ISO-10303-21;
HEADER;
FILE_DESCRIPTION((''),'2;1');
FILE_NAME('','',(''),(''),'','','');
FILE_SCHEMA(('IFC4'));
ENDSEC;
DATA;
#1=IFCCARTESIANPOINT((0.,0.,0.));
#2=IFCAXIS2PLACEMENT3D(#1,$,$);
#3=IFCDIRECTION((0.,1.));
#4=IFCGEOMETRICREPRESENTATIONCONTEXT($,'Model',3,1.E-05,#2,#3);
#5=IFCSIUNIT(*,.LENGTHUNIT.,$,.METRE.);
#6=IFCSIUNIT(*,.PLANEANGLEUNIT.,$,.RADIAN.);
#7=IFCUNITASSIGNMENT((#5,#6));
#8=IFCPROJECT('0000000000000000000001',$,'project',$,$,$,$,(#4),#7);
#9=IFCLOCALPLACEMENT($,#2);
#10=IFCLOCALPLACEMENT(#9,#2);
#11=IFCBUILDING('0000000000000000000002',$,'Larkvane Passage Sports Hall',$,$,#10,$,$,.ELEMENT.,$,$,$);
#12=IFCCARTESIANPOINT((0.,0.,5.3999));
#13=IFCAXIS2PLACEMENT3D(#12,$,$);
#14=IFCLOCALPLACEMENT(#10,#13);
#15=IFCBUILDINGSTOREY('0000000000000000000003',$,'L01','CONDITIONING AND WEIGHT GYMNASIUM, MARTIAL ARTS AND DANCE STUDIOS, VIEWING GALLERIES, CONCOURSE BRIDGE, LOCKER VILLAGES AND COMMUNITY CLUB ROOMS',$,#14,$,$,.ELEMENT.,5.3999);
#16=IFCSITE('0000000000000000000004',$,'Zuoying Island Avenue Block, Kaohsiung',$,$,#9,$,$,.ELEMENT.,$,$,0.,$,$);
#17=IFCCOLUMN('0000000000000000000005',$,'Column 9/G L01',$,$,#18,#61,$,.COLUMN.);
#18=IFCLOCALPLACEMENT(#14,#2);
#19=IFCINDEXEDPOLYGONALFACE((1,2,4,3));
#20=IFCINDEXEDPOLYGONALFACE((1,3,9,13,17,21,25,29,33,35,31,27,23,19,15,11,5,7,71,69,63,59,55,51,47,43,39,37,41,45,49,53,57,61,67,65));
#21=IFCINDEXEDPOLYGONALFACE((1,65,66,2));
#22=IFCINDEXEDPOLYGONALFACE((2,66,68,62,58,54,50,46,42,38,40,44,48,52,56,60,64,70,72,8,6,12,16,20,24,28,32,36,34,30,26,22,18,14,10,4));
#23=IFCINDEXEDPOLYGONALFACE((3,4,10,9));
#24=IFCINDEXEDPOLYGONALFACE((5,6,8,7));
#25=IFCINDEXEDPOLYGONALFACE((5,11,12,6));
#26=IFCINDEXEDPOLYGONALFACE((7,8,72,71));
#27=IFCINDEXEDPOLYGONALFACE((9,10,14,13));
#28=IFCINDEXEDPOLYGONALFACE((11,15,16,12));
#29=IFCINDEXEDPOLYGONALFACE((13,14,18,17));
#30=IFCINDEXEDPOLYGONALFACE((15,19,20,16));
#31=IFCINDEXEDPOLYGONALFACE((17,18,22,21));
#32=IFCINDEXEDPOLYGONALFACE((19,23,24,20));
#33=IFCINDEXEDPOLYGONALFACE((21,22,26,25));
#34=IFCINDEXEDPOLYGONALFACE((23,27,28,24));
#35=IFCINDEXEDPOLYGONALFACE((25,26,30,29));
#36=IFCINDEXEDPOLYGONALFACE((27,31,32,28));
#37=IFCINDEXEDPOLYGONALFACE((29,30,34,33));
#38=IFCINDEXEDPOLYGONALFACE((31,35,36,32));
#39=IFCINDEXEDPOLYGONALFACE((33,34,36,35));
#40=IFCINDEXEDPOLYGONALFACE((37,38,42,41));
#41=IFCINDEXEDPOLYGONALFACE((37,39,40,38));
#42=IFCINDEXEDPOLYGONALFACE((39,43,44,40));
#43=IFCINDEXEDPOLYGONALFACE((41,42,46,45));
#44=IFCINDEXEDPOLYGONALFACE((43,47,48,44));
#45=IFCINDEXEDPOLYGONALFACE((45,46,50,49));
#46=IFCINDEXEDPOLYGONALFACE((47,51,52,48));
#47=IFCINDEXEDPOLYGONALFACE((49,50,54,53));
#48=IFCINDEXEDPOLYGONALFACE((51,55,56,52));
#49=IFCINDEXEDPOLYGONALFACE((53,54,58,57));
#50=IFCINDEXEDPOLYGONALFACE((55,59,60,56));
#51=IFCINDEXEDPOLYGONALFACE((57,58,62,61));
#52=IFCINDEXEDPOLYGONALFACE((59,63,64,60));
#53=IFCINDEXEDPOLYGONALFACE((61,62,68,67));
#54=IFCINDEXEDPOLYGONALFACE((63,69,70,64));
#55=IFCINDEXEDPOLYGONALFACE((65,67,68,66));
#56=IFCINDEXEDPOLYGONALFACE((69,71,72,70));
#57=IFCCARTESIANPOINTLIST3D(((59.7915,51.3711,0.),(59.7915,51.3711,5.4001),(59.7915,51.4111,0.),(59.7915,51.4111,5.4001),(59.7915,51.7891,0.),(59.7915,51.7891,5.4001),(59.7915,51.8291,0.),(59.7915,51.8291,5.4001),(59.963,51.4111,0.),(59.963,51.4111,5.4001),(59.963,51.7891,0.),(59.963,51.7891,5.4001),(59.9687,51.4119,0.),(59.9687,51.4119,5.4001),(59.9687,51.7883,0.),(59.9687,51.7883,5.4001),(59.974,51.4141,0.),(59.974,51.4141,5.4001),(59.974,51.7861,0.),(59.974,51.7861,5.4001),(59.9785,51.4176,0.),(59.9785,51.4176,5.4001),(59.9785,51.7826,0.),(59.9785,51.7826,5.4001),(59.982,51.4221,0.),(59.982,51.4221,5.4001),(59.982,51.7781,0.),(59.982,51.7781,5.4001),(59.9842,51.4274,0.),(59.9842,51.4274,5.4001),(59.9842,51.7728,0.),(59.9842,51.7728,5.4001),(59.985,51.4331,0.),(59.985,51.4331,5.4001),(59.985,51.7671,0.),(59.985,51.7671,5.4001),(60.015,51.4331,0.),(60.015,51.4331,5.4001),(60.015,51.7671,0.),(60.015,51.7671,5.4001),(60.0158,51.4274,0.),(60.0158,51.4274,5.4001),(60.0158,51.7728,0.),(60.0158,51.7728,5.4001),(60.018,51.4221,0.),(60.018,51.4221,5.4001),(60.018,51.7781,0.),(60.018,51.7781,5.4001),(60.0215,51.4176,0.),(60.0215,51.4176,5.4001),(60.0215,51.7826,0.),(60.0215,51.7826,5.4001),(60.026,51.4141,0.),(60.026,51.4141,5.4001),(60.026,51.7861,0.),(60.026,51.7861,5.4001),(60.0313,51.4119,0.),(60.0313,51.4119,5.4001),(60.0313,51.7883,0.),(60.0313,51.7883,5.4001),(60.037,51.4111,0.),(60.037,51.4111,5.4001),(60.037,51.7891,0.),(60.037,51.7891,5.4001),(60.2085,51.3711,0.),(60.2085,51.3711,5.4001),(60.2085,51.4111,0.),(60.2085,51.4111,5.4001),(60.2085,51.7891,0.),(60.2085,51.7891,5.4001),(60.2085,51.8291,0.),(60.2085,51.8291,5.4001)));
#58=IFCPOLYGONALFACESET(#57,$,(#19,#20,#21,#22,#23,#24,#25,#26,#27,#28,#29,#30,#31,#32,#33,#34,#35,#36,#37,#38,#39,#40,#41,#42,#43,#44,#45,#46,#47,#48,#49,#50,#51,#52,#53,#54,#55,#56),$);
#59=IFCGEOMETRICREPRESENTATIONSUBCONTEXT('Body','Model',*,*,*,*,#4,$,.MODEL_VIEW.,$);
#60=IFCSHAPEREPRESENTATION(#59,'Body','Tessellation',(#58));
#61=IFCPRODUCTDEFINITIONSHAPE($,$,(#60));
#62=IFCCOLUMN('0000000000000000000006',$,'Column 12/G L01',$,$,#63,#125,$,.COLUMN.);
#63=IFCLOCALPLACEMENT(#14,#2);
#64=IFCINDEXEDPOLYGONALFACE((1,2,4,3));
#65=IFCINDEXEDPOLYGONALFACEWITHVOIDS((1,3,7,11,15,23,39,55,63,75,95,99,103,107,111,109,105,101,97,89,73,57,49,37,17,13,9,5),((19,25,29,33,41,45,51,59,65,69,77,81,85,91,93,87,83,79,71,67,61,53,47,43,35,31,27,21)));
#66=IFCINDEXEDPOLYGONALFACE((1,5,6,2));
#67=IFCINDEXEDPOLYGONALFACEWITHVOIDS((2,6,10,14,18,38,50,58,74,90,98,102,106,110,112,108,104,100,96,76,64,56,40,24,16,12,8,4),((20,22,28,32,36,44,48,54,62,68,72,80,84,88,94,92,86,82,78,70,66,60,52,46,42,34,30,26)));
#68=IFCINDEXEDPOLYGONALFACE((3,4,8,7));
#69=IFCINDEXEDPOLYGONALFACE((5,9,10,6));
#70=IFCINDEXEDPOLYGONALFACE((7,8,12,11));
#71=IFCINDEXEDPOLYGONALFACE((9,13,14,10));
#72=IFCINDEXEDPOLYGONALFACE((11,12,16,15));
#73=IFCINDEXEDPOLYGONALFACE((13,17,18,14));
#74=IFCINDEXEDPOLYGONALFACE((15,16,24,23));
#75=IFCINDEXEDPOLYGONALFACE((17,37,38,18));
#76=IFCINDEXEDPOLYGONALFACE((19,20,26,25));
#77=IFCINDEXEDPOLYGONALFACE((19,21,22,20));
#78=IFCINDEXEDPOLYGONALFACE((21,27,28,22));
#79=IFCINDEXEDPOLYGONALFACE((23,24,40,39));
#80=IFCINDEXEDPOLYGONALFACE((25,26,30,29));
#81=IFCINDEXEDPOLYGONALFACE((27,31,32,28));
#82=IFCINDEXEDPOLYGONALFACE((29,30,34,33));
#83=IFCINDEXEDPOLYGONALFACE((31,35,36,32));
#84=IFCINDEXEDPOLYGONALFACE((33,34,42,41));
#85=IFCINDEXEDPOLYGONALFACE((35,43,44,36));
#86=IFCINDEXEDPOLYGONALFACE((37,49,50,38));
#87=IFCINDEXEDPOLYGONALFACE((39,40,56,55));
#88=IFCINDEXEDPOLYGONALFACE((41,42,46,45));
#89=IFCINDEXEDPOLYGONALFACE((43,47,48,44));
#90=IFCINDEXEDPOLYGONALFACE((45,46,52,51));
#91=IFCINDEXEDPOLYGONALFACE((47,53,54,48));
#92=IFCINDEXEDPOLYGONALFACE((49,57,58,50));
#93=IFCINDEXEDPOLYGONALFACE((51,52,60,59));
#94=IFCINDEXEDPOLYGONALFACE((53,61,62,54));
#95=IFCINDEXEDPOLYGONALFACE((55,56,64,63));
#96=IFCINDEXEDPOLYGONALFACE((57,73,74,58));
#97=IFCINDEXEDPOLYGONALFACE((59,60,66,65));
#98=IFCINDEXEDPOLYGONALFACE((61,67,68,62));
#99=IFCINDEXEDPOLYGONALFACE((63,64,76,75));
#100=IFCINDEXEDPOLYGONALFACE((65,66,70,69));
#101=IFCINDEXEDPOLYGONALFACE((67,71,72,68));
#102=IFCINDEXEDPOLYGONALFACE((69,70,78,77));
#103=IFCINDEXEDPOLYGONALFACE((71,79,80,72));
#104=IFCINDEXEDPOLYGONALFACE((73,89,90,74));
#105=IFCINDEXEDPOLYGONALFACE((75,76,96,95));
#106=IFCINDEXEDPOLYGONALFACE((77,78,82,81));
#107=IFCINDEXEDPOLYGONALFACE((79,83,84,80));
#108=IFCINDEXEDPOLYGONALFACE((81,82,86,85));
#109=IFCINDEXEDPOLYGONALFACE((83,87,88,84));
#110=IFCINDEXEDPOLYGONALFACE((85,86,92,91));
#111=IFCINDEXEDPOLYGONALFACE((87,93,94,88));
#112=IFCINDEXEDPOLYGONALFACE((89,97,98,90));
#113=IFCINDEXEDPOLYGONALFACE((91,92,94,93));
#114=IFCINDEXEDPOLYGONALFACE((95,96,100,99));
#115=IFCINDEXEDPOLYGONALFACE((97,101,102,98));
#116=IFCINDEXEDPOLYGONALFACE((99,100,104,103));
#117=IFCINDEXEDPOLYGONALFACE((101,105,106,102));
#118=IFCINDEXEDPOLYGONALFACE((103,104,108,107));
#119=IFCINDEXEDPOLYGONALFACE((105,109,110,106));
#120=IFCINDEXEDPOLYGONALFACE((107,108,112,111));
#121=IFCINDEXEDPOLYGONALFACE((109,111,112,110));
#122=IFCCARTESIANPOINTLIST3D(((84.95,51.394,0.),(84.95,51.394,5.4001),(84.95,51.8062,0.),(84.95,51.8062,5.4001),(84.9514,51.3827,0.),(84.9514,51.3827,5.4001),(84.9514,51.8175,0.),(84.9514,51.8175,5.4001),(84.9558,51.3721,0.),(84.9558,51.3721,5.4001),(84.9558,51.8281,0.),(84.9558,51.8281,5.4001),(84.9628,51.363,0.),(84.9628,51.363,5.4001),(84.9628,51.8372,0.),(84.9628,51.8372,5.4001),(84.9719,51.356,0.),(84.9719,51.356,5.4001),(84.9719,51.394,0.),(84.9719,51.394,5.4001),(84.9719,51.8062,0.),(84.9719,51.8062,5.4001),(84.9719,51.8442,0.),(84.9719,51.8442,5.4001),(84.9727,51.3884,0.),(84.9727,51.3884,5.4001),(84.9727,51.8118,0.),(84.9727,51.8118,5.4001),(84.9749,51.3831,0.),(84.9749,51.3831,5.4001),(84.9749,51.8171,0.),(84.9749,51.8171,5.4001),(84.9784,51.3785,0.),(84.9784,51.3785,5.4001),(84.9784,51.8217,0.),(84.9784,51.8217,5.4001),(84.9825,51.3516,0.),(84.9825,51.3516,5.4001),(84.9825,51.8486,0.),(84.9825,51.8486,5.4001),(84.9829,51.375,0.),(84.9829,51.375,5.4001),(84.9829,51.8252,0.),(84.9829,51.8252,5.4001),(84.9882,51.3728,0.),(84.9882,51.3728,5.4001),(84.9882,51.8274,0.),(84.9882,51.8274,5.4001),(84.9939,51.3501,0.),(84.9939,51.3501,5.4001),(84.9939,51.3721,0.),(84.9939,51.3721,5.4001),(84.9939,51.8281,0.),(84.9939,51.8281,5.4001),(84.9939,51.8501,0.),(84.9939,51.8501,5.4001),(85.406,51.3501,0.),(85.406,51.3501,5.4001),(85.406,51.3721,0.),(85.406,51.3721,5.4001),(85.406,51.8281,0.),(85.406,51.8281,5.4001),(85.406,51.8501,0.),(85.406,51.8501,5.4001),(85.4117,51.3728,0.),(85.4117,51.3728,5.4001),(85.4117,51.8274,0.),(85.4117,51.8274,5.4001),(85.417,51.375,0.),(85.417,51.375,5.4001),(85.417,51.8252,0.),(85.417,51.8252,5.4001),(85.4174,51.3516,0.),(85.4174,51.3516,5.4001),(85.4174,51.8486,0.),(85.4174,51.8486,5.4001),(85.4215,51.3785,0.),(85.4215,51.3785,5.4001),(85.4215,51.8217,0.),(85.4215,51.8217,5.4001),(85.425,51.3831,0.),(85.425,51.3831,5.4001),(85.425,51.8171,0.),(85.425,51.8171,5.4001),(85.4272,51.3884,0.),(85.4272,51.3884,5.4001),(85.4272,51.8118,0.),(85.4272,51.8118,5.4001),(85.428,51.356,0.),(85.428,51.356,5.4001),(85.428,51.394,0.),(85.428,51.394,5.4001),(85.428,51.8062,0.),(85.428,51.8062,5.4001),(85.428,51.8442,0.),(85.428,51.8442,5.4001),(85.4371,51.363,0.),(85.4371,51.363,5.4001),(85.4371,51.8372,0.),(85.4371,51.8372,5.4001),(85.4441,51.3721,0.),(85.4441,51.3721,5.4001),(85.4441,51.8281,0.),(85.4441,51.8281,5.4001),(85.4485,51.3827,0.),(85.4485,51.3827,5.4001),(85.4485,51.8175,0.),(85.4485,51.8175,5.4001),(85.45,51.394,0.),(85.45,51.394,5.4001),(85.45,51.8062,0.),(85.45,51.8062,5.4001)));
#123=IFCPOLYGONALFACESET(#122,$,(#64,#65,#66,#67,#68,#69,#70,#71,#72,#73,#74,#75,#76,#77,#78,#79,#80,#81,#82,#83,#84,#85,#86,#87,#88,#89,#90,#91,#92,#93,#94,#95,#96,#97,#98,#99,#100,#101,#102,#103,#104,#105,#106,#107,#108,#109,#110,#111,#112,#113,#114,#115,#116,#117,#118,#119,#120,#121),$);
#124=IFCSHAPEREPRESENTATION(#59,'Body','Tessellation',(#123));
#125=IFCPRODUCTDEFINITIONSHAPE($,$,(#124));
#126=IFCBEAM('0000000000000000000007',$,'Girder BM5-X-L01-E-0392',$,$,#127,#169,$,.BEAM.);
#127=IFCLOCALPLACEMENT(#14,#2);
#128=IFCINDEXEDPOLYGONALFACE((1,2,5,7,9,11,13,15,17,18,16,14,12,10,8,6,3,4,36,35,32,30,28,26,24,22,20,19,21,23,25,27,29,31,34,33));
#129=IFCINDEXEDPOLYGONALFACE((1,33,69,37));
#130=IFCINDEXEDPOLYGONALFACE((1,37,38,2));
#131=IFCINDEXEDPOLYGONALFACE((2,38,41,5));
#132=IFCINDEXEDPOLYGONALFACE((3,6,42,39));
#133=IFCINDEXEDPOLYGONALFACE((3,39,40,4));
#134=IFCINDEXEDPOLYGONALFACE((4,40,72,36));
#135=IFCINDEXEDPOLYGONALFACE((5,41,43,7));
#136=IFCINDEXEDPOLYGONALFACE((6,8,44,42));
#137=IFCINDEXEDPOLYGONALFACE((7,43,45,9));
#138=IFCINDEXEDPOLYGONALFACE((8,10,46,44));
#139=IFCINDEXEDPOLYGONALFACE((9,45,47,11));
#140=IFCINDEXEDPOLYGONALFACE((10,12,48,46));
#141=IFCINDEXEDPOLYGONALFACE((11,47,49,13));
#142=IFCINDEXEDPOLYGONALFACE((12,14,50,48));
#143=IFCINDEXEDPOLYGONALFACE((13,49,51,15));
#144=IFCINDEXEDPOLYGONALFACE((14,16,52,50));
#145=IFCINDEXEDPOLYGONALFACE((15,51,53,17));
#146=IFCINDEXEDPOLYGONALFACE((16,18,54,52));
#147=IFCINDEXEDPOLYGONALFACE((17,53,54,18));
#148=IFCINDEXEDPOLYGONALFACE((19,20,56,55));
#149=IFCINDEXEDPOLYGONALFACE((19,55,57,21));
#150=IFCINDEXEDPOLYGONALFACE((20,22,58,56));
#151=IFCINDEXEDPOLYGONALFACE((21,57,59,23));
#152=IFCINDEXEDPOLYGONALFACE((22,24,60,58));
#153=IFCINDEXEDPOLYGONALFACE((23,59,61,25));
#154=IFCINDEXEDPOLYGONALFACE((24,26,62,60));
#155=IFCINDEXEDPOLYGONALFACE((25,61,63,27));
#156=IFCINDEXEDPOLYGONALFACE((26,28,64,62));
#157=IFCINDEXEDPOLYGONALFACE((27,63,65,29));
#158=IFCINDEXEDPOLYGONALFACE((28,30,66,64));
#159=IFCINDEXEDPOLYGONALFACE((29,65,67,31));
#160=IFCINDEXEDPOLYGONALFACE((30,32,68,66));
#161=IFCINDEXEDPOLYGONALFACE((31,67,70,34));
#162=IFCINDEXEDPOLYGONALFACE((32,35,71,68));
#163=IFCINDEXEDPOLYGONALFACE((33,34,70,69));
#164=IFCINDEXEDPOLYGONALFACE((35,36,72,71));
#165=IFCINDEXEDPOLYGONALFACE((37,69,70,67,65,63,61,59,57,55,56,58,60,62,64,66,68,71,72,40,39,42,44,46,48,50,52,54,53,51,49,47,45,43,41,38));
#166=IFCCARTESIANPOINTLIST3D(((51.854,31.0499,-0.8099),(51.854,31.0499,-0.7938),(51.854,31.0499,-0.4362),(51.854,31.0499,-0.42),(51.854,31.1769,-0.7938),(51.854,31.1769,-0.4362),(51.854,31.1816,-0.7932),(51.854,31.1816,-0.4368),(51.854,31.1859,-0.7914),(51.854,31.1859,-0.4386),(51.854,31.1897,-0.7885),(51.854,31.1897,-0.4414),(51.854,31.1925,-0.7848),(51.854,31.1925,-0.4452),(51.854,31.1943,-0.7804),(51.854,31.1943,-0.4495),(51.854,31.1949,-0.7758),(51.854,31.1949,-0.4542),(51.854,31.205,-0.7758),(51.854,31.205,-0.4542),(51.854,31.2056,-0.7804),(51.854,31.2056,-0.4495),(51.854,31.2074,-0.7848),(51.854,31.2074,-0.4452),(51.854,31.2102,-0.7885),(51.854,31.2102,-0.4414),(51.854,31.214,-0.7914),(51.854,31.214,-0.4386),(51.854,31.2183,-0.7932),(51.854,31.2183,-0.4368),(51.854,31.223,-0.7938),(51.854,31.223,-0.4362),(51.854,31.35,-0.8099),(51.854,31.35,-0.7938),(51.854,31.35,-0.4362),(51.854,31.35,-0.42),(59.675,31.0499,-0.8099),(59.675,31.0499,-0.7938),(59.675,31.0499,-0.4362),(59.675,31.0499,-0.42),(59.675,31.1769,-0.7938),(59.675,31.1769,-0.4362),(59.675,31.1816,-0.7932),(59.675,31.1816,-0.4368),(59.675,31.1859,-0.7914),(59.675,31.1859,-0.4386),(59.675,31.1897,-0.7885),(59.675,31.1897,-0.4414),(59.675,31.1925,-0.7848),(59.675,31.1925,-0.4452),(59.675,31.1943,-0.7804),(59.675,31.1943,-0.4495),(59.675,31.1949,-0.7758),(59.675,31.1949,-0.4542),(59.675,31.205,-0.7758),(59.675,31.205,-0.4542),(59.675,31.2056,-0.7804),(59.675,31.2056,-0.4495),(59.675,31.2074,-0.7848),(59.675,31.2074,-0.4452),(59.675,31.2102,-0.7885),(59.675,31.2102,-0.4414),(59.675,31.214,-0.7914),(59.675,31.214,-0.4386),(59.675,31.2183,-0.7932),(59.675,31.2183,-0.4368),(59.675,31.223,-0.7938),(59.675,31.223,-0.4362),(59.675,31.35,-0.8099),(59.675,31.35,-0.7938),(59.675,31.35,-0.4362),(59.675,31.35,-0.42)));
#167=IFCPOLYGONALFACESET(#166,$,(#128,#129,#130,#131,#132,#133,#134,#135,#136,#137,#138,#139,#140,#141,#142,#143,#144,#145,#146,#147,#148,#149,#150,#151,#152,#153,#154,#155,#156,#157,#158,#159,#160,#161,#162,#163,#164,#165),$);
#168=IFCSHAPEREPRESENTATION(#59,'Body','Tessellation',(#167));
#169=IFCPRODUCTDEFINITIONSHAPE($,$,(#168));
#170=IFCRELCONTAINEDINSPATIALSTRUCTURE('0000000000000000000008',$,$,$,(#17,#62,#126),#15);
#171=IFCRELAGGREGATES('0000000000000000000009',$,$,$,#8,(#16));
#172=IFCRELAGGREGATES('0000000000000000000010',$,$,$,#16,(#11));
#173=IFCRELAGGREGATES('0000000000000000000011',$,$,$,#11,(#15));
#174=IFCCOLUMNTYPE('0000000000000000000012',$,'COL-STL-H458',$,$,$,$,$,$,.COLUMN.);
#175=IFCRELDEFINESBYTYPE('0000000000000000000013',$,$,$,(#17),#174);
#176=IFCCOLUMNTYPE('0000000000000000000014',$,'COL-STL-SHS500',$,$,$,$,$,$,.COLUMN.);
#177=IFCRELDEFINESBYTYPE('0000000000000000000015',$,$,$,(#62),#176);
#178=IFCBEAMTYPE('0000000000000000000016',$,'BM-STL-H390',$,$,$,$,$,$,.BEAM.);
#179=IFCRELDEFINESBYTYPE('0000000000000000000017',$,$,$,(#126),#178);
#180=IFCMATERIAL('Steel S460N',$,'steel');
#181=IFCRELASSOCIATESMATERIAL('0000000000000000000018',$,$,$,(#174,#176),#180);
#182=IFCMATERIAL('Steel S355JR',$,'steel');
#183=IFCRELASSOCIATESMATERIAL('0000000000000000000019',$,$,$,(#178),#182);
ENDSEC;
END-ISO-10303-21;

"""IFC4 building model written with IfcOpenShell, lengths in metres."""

from ifc_helpers import new_model, si_unit, direction, frame, origin, origin_2d, place, context, subcontext, project, spatial, hollow_rectangle, i_section, extrude, material, material_profile, profile_set, type_object, element, save


model = new_model("IFC4")

# Units and contexts
model_context = context("Model", 3, precision=1e-05, world=origin(), true_north=direction((0.0, 1.0)))
body_context = subcontext(model_context, "Body", "Model", "MODEL_VIEW")
ifc_project = project(units=[si_unit("LENGTHUNIT", "METRE"), si_unit("PLANEANGLEUNIT", "RADIAN")], contexts=[model_context])

# Site, building, storey
site_placement = place(None, origin())
site = spatial("IfcSite", under=ifc_project, at=site_placement, Name="Zuoying Island Avenue Block, Kaohsiung", CompositionType="ELEMENT", RefElevation=0.0)
building_placement = place(site_placement, origin())
building = spatial("IfcBuilding", under=site, at=building_placement, Name="Larkvane Passage Sports Hall", CompositionType="ELEMENT")
storey_placement = place(building_placement, frame((0.0, 0.0, 5.3999)))
storey = spatial("IfcBuildingStorey", under=building, at=storey_placement, Name="L01", Description="CONDITIONING AND WEIGHT GYMNASIUM, MARTIAL ARTS AND DANCE STUDIOS, VIEWING GALLERIES, CONCOURSE BRIDGE, LOCKER VILLAGES AND COMMUNITY CLUB ROOMS", CompositionType="ELEMENT", Elevation=5.3999)

# Columns
ifc_material_1 = material(Name="Steel S355JR", Category="steel")
ifc_material_2 = material(Name="Steel S460N", Category="steel")
ifc_material_profile_1 = material_profile(ifc_material_2, i_section(OverallWidth=0.417, OverallDepth=0.458, WebThickness=0.03, FlangeThickness=0.04, FilletRadius=0.022, at=origin_2d()), Name="H-458x417x30x40")
ifc_profile_set_1 = profile_set([ifc_material_profile_1], Name="Steel S460N")
column_type_1 = type_object("IfcColumnType", Name="COL-STL-H458", PredefinedType="COLUMN", material=ifc_profile_set_1)
column_1_placement = place(storey_placement, frame((60.0, 51.6001, 0.0), z_axis=(0.0, 0.0, 1.0), x_axis=(1.0, 0.0, 0.0)))
element("IfcColumn", 1, at=column_1_placement, inside=storey, type_object=column_type_1, Name="Column 9/G L01", PredefinedType="COLUMN", context=body_context, shape_type="SweptSolid", body=[
    extrude(i_section(OverallWidth=0.417, OverallDepth=0.458, WebThickness=0.03, FlangeThickness=0.04, FilletRadius=0.022, at=origin_2d()), origin(), (0.0, 0.0, 1.0), 5.4001),
])
ifc_material_profile_2 = material_profile(ifc_material_2, hollow_rectangle(XDim=0.5, YDim=0.5, WallThickness=0.022, InnerFilletRadius=0.022, OuterFilletRadius=0.0439, at=origin_2d()), Name="SHS-500x500x22")
ifc_profile_set_2 = profile_set([ifc_material_profile_2], Name="Steel S460N")
column_type_2 = type_object("IfcColumnType", Name="COL-STL-SHS500", PredefinedType="COLUMN", material=ifc_profile_set_2)
column_2_placement = place(storey_placement, frame((85.2, 51.6001, 0.0), z_axis=(0.0, 0.0, 1.0), x_axis=(1.0, 0.0, 0.0)))
element("IfcColumn", 2, at=column_2_placement, inside=storey, type_object=column_type_2, Name="Column 12/G L01", PredefinedType="COLUMN", context=body_context, shape_type="SweptSolid", body=[
    extrude(hollow_rectangle(XDim=0.5, YDim=0.5, WallThickness=0.022, InnerFilletRadius=0.022, OuterFilletRadius=0.0439, at=origin_2d()), origin(), (0.0, 0.0, 1.0), 5.4001),
])

# Beam
ifc_material_profile_3 = material_profile(ifc_material_1, i_section(OverallWidth=0.3, OverallDepth=0.3899, WebThickness=0.01, FlangeThickness=0.0161, FilletRadius=0.0181, at=origin_2d()), Name="H-390x300x10x16")
ifc_profile_set_3 = profile_set([ifc_material_profile_3], Name="Steel S355JR")
beam_type_1 = type_object("IfcBeamType", Name="BM-STL-H390", PredefinedType="BEAM", material=ifc_profile_set_3)
beam_1_placement = place(storey_placement, frame((51.854, 31.2, -0.615), z_axis=(1.0, 0.0, 0.0), x_axis=(0.0, 1.0, 0.0)))
element("IfcBeam", 3, at=beam_1_placement, inside=storey, type_object=beam_type_1, Name="Girder BM5-X-L01-E-0392", PredefinedType="BEAM", context=body_context, shape_type="SweptSolid", body=[
    extrude(i_section(OverallWidth=0.3, OverallDepth=0.3899, WebThickness=0.01, FlangeThickness=0.0161, FilletRadius=0.0181, at=origin_2d()), origin(), (0.0, 0.0, 1.0), 7.821),
])

save(model, "model.ifc")
